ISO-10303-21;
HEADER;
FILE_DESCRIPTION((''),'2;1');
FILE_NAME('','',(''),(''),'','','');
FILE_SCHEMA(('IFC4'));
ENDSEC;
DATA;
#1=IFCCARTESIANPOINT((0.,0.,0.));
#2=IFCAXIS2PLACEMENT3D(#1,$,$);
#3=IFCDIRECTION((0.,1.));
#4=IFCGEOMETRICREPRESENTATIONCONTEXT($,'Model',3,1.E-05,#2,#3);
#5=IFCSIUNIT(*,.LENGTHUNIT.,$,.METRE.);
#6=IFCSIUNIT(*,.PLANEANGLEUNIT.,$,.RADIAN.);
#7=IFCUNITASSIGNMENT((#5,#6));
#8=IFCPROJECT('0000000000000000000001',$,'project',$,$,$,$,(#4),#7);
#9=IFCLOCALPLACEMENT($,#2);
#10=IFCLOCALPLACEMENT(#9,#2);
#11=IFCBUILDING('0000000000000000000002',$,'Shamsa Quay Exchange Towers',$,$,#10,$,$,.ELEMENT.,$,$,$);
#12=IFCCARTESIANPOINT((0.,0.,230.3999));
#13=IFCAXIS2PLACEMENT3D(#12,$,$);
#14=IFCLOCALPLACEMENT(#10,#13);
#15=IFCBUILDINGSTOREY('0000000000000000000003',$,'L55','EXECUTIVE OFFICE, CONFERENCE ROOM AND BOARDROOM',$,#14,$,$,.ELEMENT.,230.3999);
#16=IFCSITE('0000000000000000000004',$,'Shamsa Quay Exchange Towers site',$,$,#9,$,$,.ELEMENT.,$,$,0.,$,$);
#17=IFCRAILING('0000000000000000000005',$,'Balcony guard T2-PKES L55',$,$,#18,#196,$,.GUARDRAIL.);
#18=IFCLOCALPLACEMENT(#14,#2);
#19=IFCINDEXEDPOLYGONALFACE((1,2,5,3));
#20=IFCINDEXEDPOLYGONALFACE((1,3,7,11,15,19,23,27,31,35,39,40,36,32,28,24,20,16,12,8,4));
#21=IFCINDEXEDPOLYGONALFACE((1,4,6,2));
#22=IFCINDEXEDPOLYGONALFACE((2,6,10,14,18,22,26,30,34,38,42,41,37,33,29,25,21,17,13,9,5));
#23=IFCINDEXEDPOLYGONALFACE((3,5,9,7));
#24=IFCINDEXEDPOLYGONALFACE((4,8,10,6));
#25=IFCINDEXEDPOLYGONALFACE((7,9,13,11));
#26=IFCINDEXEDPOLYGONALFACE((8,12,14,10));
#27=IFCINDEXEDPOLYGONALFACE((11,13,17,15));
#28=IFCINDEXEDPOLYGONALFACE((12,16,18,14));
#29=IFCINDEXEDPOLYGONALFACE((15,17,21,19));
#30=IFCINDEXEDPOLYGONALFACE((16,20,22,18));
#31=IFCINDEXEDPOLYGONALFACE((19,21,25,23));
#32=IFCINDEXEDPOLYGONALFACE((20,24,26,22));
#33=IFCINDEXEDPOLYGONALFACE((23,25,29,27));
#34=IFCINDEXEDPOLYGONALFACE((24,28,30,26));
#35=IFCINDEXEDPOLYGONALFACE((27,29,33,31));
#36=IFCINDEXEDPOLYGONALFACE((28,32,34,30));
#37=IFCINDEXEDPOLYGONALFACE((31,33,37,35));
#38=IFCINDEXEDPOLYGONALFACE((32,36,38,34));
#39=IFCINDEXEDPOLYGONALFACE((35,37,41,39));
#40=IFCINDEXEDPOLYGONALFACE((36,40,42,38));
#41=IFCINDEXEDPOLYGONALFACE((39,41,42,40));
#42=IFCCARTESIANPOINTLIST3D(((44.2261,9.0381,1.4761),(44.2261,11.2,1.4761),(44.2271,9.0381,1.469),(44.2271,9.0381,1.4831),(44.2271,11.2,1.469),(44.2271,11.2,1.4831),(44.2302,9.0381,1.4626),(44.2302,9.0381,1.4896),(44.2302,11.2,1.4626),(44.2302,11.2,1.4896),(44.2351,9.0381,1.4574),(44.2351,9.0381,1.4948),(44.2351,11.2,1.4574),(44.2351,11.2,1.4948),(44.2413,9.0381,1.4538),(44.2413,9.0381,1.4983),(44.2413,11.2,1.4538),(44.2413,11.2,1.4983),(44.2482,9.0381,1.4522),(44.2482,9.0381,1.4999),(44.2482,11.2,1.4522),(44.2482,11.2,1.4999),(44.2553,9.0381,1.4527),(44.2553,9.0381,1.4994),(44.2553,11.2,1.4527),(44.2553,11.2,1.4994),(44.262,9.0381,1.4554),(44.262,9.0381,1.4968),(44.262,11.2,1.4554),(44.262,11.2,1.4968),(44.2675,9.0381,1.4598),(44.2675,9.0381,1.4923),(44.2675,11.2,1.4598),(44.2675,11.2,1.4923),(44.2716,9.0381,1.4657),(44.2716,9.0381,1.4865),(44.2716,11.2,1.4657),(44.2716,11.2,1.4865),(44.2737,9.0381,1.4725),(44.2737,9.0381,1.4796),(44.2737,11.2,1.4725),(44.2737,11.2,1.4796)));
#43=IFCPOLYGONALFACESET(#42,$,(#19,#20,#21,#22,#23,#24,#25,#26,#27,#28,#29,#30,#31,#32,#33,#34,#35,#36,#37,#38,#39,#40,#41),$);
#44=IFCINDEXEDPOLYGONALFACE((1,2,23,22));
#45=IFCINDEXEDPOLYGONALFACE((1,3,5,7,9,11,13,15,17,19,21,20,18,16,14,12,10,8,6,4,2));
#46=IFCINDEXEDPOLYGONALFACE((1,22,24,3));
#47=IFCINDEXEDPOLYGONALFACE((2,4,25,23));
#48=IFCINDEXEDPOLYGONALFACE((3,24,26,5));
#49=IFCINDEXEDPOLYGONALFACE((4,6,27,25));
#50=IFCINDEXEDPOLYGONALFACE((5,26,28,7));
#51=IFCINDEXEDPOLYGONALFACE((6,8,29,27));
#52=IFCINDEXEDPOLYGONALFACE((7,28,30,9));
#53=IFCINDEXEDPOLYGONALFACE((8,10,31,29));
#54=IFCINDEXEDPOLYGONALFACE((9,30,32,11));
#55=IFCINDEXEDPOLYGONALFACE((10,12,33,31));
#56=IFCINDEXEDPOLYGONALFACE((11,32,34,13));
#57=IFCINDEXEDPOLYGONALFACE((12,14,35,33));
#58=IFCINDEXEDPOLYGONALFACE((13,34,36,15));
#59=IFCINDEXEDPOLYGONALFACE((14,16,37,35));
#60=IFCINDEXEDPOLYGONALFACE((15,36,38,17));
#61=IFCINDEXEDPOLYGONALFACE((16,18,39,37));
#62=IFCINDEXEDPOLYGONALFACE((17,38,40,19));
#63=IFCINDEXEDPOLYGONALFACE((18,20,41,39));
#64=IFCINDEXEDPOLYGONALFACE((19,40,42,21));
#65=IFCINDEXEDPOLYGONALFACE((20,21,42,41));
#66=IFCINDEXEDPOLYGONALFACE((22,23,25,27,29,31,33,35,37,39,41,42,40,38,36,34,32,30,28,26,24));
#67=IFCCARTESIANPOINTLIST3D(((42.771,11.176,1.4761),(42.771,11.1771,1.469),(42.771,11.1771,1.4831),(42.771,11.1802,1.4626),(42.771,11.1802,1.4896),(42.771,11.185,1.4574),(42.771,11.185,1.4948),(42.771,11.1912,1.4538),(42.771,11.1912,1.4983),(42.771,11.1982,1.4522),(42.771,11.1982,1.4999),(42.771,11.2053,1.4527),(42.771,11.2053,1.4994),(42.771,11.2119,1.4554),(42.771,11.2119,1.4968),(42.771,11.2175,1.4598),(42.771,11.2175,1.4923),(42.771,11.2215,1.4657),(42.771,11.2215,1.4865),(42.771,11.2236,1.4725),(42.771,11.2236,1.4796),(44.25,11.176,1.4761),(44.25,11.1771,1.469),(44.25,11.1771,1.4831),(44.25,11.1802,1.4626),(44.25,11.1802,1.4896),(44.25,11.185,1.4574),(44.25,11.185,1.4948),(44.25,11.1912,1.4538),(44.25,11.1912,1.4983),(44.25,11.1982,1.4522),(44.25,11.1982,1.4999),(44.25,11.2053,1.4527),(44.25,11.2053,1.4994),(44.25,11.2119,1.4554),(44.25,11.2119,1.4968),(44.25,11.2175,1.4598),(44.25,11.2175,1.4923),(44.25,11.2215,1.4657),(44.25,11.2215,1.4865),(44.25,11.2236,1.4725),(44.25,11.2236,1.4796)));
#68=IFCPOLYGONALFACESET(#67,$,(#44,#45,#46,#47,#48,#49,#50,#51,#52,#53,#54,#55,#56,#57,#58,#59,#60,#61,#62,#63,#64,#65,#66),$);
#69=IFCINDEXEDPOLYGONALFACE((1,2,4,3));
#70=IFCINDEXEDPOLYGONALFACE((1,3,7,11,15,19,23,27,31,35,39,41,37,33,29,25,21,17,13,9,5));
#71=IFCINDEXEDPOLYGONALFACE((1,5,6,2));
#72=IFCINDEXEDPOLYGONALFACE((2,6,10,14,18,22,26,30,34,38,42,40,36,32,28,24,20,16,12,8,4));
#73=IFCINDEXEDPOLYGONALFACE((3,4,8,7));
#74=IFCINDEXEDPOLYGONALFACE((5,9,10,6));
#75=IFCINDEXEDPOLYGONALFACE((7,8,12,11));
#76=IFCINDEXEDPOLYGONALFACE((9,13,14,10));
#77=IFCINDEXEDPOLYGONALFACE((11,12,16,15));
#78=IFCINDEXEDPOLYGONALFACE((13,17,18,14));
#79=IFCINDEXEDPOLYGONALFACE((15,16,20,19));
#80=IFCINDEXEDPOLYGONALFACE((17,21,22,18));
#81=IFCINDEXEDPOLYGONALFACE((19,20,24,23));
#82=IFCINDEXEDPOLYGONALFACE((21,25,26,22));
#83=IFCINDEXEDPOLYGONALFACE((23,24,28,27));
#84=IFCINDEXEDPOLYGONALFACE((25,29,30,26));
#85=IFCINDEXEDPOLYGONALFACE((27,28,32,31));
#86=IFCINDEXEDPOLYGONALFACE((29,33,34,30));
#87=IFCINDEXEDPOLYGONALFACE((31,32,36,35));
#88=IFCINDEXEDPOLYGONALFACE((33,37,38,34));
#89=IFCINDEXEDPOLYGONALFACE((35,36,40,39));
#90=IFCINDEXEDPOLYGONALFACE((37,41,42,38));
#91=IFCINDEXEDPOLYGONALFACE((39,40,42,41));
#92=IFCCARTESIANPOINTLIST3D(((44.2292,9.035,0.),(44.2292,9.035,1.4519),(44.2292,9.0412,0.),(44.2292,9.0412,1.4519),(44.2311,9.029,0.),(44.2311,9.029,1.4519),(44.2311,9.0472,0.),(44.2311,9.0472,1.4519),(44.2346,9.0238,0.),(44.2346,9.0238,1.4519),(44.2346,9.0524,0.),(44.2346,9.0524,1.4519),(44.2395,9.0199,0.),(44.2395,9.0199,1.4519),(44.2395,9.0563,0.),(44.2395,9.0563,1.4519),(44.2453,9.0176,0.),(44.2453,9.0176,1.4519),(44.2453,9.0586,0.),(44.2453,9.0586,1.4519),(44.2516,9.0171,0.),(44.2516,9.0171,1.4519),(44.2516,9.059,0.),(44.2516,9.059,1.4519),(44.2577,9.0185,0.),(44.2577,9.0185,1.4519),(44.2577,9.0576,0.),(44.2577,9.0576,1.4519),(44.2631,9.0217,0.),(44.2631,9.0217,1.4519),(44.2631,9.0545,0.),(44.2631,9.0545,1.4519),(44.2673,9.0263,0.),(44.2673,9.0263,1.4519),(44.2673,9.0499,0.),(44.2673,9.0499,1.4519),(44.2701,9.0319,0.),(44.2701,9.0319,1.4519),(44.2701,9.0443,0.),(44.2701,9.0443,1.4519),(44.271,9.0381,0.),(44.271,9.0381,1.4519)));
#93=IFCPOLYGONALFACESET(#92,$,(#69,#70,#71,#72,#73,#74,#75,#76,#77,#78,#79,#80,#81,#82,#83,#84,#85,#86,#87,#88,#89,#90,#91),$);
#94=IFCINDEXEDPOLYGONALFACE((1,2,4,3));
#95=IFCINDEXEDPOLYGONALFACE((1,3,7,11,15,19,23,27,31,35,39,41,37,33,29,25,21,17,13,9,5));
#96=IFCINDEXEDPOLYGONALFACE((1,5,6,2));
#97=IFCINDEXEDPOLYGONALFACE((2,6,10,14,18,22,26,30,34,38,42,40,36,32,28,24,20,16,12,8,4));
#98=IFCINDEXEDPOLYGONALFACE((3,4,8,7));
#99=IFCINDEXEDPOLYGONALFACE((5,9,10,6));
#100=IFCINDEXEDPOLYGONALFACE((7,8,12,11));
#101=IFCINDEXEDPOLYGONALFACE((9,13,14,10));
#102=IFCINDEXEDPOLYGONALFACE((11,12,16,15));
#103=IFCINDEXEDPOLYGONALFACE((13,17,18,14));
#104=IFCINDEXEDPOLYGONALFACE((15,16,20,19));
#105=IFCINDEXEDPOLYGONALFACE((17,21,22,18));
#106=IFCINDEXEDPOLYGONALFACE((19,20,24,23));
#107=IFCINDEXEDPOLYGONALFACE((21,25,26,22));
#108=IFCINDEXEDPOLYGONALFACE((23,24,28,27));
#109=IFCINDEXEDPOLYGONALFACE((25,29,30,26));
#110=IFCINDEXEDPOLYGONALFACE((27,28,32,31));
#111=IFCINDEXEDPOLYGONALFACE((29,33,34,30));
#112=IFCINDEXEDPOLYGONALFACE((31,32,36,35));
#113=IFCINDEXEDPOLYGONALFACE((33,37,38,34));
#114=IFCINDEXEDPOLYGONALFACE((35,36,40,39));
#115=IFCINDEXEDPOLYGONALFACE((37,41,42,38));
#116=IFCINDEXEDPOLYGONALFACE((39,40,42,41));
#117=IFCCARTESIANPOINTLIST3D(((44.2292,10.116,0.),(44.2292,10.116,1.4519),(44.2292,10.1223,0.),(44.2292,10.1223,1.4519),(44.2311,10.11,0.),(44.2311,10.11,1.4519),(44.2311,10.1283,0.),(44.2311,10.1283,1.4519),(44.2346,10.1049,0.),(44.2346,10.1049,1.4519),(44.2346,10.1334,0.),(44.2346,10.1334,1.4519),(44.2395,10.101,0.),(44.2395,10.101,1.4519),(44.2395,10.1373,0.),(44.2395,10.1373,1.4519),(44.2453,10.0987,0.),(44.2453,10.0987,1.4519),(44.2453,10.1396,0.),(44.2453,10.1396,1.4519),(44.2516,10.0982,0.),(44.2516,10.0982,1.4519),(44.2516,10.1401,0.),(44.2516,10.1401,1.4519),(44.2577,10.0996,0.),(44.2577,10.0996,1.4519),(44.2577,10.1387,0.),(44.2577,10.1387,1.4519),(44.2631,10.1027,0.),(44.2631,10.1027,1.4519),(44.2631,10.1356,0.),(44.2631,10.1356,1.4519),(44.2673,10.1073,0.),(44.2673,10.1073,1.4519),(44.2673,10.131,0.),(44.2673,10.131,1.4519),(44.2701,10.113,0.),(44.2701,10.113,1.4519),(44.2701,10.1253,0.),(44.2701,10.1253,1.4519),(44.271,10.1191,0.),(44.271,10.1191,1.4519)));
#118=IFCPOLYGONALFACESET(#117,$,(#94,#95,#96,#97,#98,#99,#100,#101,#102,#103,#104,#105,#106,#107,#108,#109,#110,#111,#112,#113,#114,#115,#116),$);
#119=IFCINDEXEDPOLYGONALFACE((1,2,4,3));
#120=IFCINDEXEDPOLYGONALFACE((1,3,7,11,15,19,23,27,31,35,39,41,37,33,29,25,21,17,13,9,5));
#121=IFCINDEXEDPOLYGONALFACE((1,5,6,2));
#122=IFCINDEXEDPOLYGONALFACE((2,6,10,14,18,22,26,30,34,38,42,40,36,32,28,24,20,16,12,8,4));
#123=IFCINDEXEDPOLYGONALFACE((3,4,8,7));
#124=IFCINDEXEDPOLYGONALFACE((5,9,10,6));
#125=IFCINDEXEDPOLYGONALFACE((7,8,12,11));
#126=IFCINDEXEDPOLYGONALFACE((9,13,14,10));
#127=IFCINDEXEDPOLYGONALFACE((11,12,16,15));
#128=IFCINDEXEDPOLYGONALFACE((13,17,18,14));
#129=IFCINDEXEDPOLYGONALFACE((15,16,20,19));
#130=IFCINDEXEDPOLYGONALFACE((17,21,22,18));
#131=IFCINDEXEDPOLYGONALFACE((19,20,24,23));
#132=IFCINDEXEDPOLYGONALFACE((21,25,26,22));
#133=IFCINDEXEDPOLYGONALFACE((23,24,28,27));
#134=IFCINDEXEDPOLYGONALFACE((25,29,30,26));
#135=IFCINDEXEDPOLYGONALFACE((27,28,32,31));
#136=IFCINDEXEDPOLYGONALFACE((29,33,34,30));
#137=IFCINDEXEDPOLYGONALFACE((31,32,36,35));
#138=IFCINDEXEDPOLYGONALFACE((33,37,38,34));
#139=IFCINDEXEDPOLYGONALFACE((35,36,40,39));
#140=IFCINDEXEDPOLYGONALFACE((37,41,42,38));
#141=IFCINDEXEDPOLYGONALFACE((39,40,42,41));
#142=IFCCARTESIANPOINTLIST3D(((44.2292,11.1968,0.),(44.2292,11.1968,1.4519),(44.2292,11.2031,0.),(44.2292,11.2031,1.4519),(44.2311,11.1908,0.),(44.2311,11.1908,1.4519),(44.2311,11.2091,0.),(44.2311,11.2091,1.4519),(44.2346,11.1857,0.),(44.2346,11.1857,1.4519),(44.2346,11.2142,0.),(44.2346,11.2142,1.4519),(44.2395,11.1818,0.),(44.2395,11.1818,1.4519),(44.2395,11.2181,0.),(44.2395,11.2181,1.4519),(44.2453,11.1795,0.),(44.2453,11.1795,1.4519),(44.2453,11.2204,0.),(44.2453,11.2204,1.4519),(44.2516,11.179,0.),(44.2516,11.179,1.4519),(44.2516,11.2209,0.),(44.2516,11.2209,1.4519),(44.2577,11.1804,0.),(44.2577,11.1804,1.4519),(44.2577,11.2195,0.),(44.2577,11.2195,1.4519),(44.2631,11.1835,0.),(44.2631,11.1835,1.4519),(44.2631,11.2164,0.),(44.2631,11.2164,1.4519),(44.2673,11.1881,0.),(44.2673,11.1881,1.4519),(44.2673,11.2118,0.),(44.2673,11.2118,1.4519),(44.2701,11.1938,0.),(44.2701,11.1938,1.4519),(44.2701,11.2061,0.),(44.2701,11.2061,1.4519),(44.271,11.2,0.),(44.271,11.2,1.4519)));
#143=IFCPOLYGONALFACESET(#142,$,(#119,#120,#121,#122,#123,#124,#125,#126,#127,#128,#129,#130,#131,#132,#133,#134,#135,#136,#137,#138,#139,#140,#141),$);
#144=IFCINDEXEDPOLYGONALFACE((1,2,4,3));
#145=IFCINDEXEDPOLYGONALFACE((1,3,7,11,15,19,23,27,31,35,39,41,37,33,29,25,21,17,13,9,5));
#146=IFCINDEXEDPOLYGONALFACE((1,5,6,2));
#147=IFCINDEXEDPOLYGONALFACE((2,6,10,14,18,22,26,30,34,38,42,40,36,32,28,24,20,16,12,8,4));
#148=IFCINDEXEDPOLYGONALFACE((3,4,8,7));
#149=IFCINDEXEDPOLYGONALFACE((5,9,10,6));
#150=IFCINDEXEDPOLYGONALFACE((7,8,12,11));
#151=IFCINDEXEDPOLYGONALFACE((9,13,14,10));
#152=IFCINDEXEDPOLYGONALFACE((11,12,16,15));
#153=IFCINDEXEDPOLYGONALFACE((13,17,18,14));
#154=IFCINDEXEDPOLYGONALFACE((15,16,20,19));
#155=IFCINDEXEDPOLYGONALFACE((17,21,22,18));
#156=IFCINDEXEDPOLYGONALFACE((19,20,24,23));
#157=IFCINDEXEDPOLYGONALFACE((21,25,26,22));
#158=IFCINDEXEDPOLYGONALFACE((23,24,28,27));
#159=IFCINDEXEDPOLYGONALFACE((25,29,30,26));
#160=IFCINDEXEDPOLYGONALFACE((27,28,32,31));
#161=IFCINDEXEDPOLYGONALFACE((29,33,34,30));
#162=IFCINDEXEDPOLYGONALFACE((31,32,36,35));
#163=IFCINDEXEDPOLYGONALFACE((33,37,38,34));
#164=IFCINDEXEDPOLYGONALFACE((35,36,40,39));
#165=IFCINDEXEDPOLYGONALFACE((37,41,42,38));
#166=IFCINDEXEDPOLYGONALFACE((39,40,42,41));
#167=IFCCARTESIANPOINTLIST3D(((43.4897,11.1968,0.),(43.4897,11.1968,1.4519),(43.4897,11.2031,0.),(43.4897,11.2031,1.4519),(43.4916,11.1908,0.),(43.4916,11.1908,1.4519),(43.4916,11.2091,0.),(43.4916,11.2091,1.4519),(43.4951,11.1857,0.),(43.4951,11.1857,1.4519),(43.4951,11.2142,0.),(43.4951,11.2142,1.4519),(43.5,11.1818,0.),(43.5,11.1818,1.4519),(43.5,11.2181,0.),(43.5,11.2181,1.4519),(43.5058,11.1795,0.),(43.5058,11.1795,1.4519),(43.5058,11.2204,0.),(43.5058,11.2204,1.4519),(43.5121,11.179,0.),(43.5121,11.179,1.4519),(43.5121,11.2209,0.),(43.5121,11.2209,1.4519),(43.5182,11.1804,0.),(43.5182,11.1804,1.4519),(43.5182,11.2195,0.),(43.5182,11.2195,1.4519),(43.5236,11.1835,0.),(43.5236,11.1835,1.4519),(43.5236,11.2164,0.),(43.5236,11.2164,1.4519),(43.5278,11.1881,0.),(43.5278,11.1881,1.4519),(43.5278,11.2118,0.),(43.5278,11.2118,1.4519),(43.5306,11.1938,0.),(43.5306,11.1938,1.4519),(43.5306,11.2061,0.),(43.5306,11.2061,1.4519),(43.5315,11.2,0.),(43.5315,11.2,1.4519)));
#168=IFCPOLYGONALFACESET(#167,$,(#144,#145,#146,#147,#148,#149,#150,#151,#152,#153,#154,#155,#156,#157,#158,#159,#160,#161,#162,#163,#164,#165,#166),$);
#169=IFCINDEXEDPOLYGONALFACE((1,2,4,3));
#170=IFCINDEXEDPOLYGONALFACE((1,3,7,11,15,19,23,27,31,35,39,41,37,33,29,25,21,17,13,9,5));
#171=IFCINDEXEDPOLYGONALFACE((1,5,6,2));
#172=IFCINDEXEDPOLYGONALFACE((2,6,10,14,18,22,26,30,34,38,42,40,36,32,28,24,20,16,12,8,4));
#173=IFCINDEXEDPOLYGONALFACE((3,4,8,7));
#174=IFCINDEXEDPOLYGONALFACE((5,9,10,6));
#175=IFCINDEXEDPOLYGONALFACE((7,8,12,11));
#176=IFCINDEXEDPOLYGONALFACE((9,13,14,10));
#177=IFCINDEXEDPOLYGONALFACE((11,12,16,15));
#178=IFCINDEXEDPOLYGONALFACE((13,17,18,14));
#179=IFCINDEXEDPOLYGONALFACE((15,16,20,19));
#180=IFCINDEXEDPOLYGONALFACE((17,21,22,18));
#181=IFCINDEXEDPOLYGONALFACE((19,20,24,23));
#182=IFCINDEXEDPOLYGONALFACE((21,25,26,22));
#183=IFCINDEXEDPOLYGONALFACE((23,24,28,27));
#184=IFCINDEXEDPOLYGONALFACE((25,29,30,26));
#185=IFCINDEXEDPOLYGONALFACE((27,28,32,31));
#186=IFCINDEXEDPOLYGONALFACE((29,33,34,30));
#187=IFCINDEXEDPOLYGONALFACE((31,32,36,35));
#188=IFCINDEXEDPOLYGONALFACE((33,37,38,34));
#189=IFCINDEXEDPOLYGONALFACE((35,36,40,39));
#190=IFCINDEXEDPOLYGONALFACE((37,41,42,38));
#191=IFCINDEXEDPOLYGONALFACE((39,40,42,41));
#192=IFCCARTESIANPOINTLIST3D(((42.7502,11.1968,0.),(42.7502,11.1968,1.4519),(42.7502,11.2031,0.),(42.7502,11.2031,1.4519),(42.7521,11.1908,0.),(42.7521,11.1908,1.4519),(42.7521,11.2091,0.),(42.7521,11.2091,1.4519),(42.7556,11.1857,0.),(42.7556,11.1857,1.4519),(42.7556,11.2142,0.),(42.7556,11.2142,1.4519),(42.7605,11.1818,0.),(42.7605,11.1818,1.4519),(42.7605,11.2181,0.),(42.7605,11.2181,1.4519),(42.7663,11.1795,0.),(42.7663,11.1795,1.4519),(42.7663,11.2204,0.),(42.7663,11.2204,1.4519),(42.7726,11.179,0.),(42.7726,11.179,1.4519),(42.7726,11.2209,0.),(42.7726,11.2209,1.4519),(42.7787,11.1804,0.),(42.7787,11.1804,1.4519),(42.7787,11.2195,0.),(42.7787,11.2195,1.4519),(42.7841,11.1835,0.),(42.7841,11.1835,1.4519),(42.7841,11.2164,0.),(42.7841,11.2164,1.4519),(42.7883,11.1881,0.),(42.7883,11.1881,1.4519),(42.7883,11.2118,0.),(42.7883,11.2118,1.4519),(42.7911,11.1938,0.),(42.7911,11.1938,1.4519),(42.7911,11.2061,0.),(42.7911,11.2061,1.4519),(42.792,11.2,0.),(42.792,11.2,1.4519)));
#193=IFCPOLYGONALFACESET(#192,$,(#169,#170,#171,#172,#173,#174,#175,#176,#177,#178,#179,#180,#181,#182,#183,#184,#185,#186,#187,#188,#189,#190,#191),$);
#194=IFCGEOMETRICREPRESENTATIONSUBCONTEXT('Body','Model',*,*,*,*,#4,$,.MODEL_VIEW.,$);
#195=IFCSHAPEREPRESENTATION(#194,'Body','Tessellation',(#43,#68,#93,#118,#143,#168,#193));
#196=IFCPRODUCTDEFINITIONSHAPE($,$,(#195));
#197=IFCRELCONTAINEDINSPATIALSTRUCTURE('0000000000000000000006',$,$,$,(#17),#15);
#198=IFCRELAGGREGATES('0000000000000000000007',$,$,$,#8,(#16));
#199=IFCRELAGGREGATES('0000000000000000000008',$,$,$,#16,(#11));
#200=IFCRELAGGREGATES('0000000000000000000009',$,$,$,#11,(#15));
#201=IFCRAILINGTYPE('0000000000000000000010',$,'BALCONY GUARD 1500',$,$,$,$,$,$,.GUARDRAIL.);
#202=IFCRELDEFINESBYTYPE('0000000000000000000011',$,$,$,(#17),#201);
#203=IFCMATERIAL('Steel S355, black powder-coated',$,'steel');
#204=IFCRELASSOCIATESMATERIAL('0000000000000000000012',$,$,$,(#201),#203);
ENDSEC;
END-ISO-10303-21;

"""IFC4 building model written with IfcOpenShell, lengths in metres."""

from ifc_helpers import new_model, si_unit, direction, frame, origin, origin_2d, place, context, subcontext, project, spatial, circle, extrude, material, type_object, element, save


model = new_model("IFC4")

# Units and contexts
model_context = context("Model", 3, precision=1e-05, world=origin(), true_north=direction((0.0, 1.0)))
body_context = subcontext(model_context, "Body", "Model", "MODEL_VIEW")
ifc_project = project(units=[si_unit("LENGTHUNIT", "METRE"), si_unit("PLANEANGLEUNIT", "RADIAN")], contexts=[model_context])

# Site, building, storey
site_placement = place(None, origin())
site = spatial("IfcSite", under=ifc_project, at=site_placement, Name="Shamsa Quay Exchange Towers site", CompositionType="ELEMENT", RefElevation=0.0)
building_placement = place(site_placement, origin())
building = spatial("IfcBuilding", under=site, at=building_placement, Name="Shamsa Quay Exchange Towers", CompositionType="ELEMENT")
storey_placement = place(building_placement, frame((0.0, 0.0, 230.3999)))
storey = spatial("IfcBuildingStorey", under=building, at=storey_placement, Name="L55", Description="EXECUTIVE OFFICE, CONFERENCE ROOM AND BOARDROOM", CompositionType="ELEMENT", Elevation=230.3999)

# Railing
ifc_material_1 = material(Name="Steel S355, black powder-coated", Category="steel")
railing_type_1 = type_object("IfcRailingType", Name="BALCONY GUARD 1500", PredefinedType="GUARDRAIL", material=ifc_material_1)
for number, where, name in (
    (1, (44.25, 9.0381, 0.0), "Balcony guard T2-PKES L55"),
):
    element("IfcRailing", number, at=place(storey_placement, frame(where)), inside=storey, type_object=railing_type_1, Name=name, PredefinedType="GUARDRAIL", context=body_context, shape_type="SweptSolid", body=[
        extrude(circle(Radius=0.0239, at=origin_2d()), frame((0.0, 0.0, 1.4761), z_axis=(0.0, 1.0, 0.0), x_axis=(-1.0, 0.0, 0.0)), (0.0, 0.0, 1.0), 2.1619),
        extrude(circle(Radius=0.0239, at=origin_2d()), frame((0.0, 2.1619, 1.4761), z_axis=(-1.0, 0.0, 0.0), x_axis=(0.0, -1.0, 0.0)), (0.0, 0.0, 1.0), 1.479),
        extrude(circle(Radius=0.021, at=origin_2d()), origin(), (0.0, 0.0, 1.0), 1.4519),
        extrude(circle(Radius=0.021, at=origin_2d()), frame((0.0, 1.0811, 0.0)), (0.0, 0.0, 1.0), 1.4519),
        extrude(circle(Radius=0.021, at=origin_2d()), frame((0.0, 2.1619, 0.0)), (0.0, 0.0, 1.0), 1.4519),
        extrude(circle(Radius=0.021, at=origin_2d()), frame((-0.7395, 2.1619, 0.0)), (0.0, 0.0, 1.0), 1.4519),
        extrude(circle(Radius=0.021, at=origin_2d()), frame((-1.479, 2.1619, 0.0)), (0.0, 0.0, 1.0), 1.4519),
    ])

save(model, "model.ifc")
